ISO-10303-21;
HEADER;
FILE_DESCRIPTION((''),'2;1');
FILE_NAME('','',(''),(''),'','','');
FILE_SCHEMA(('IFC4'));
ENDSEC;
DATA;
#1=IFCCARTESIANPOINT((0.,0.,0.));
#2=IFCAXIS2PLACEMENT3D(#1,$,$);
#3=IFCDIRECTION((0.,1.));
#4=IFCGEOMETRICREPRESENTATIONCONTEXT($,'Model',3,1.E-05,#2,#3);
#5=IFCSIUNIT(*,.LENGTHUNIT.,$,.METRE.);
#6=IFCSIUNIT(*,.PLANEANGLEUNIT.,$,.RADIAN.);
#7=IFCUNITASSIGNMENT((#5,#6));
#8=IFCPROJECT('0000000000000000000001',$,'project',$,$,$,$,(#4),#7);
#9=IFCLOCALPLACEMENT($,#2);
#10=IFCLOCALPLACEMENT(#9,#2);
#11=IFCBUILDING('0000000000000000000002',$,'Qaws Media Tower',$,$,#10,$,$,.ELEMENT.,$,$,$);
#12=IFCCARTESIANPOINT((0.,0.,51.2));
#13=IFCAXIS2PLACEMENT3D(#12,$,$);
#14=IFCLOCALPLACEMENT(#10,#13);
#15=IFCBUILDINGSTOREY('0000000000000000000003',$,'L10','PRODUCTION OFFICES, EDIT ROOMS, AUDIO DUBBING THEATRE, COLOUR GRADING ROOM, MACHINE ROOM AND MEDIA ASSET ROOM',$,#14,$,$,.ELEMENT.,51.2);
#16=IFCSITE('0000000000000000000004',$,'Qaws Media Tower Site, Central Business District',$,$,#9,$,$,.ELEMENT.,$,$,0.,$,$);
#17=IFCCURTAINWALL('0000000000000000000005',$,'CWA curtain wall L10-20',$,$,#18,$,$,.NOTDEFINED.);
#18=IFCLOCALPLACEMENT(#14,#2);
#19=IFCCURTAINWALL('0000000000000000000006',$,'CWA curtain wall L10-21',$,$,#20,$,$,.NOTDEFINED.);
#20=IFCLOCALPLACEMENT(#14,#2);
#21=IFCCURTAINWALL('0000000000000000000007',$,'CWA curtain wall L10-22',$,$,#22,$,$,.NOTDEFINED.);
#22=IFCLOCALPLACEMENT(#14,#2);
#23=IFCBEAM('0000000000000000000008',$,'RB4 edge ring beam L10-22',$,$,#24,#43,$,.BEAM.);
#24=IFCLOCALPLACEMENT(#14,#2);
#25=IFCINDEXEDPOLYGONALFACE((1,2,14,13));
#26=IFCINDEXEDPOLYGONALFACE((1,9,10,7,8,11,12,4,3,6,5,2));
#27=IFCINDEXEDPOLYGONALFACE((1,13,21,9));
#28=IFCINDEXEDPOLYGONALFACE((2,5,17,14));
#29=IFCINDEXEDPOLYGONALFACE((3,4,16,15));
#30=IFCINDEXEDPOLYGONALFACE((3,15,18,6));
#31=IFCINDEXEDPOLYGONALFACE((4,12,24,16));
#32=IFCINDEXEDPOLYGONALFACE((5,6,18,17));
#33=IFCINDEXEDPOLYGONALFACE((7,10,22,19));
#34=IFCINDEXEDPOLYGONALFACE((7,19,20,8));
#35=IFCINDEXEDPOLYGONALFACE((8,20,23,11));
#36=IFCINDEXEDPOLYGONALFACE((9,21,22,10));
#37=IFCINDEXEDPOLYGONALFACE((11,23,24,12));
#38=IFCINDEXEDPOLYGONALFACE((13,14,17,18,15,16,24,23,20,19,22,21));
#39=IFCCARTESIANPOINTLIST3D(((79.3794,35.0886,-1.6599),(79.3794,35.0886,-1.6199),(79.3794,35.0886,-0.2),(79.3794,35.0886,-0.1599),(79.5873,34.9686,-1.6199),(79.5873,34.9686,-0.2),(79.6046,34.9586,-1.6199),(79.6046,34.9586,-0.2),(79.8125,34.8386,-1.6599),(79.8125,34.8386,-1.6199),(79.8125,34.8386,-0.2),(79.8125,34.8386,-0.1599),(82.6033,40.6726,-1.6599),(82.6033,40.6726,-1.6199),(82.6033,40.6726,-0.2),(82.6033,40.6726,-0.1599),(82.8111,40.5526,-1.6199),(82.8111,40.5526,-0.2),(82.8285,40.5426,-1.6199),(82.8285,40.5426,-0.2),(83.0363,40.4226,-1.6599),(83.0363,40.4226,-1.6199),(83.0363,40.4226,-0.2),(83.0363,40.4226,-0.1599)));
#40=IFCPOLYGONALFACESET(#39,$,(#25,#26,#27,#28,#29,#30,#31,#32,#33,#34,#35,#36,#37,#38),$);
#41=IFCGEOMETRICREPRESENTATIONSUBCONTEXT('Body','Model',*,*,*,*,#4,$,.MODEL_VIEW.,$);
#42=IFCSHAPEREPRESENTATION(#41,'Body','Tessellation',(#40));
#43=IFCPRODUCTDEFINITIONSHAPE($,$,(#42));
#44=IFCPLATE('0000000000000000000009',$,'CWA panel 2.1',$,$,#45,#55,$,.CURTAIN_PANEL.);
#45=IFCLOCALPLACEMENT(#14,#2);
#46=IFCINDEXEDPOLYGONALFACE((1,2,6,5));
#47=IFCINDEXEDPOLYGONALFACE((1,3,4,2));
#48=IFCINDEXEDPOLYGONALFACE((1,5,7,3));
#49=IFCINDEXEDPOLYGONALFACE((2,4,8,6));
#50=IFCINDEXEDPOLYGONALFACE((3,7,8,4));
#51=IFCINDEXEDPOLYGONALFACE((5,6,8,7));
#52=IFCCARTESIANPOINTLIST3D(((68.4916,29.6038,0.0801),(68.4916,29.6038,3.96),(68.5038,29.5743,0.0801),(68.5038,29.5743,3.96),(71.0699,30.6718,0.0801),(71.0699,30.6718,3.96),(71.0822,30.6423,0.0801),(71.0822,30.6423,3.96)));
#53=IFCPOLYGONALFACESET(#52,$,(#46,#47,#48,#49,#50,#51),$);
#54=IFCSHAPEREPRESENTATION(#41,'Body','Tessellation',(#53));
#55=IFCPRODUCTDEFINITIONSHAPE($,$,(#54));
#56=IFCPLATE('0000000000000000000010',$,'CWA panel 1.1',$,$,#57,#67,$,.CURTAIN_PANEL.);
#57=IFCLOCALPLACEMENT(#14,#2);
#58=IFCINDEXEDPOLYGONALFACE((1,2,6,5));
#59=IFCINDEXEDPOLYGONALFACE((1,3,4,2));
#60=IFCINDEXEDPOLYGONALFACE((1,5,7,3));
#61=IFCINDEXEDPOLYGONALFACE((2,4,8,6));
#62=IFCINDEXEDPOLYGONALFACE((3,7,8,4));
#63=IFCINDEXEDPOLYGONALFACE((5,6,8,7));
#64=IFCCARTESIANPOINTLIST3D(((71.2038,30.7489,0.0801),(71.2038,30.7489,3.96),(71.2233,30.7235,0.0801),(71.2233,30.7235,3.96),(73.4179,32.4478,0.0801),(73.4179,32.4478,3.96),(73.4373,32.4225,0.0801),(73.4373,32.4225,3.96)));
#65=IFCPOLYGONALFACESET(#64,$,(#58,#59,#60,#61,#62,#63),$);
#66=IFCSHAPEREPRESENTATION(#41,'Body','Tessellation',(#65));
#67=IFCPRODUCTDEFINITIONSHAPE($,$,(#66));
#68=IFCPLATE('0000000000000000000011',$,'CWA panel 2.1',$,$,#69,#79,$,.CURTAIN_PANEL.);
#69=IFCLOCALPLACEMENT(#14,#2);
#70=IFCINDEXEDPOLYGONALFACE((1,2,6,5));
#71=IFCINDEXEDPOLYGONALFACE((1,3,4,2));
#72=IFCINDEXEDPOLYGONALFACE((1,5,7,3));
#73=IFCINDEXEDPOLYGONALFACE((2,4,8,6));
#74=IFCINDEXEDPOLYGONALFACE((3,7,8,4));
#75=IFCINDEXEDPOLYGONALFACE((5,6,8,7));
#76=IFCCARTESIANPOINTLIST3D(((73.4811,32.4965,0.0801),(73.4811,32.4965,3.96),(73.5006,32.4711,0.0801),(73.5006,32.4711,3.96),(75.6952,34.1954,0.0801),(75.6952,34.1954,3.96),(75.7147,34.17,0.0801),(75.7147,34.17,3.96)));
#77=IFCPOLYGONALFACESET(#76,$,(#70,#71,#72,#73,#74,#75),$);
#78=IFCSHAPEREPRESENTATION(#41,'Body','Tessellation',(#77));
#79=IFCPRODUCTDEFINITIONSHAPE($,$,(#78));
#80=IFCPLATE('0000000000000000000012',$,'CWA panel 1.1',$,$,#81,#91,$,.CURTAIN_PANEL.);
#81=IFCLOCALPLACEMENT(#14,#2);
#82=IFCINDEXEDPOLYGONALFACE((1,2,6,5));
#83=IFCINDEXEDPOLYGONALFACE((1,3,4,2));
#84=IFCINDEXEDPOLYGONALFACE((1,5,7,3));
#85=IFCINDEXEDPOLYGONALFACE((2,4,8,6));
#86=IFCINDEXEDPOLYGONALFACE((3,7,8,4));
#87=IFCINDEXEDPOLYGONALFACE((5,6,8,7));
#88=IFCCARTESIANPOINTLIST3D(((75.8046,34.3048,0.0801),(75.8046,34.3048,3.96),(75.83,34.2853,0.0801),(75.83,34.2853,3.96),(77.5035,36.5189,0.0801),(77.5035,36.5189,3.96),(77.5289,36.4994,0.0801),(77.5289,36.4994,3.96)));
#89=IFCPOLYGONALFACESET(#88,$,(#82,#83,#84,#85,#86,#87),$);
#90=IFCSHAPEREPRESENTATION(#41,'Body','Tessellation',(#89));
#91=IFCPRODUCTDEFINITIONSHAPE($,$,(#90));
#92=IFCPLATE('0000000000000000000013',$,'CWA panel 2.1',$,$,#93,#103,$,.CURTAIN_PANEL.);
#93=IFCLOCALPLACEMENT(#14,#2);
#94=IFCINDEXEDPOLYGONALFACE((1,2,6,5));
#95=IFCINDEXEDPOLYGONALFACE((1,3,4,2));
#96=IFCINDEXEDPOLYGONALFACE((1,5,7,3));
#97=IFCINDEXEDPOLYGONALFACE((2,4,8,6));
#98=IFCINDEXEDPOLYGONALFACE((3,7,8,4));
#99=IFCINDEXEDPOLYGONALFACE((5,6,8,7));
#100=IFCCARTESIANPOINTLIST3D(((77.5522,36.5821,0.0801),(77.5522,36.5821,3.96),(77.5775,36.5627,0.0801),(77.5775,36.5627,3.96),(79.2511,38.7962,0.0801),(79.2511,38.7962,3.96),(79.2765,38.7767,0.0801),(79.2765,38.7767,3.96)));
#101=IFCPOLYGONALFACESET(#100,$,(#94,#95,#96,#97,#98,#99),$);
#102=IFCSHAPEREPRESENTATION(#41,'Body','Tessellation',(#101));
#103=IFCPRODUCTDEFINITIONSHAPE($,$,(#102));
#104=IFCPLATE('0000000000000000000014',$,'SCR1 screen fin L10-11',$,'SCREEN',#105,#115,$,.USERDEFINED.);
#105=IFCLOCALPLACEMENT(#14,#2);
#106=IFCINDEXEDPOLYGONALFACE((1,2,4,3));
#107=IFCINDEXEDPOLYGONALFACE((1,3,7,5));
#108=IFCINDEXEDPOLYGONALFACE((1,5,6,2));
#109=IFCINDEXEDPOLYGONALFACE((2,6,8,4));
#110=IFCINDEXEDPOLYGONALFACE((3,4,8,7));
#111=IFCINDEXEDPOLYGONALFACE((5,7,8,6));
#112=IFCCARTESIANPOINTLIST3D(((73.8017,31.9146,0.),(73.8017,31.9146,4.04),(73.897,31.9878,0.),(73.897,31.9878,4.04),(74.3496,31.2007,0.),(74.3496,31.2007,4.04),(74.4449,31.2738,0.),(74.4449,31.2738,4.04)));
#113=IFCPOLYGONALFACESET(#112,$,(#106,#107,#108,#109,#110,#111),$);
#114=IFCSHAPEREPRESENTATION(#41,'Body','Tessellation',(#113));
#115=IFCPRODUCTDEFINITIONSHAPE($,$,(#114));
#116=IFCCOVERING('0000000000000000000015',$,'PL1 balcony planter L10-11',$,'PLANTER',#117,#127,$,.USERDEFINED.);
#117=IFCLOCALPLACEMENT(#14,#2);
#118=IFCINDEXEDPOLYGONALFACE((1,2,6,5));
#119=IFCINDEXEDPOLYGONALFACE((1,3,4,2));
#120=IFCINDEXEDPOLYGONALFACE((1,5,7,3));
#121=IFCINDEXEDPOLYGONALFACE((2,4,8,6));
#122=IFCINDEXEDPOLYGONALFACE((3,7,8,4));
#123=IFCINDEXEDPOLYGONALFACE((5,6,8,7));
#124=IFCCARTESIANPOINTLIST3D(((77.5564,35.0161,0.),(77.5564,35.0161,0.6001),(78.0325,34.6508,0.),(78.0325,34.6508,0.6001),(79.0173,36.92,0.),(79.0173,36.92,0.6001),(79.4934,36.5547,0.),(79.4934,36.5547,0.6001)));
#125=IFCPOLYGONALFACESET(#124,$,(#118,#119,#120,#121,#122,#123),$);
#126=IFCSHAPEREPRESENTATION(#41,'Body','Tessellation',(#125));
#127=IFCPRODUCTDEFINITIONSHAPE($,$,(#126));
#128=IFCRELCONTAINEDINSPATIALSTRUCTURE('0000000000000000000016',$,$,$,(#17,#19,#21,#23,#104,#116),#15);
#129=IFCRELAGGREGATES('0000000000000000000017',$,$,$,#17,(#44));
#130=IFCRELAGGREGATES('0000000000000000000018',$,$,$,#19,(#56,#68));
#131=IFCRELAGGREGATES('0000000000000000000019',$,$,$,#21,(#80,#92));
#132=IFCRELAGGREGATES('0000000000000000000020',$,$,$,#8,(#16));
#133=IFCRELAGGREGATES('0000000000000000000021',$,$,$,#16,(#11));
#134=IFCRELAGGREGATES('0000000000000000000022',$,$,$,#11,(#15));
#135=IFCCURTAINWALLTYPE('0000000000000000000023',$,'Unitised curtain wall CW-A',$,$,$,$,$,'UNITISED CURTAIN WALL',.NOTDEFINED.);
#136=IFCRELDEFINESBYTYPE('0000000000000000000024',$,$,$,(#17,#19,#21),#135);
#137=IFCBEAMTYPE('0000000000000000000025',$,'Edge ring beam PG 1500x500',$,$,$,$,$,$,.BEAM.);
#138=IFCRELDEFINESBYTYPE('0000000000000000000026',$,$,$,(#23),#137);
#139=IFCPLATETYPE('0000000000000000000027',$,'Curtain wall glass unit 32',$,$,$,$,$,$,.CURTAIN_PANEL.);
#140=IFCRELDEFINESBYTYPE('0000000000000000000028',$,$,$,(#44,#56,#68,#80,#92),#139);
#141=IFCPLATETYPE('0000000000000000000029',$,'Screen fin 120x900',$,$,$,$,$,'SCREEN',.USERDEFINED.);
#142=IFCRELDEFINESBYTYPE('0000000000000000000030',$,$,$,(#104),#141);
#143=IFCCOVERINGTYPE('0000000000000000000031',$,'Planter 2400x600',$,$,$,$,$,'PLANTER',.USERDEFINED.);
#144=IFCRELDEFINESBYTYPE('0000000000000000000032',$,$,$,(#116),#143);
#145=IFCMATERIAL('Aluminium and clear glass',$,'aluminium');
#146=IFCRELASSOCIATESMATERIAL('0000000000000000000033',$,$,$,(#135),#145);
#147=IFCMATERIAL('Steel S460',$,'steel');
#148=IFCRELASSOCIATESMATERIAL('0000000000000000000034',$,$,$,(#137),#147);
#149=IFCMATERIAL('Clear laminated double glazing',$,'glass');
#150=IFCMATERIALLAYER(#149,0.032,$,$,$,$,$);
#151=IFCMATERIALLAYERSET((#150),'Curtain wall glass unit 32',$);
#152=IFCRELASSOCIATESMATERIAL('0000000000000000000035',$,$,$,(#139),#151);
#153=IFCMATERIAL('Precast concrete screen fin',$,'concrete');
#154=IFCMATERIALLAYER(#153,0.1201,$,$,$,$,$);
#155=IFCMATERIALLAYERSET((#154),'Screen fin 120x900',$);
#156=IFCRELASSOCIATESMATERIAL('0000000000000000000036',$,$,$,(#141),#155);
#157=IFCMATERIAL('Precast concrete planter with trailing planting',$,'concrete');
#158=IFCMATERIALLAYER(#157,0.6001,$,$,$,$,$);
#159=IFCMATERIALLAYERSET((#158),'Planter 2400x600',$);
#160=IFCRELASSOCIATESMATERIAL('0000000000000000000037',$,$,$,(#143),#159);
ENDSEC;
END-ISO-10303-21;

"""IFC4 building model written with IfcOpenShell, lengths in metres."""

from ifc_helpers import new_model, si_unit, direction, frame, origin, origin_2d, place, context, subcontext, project, spatial, rectangle, i_section, extrude, material, layer, layer_set, material_profile, profile_set, type_object, element, aggregate, save


model = new_model("IFC4")

# Units and contexts
model_context = context("Model", 3, precision=1e-05, world=origin(), true_north=direction((0.0, 1.0)))
body_context = subcontext(model_context, "Body", "Model", "MODEL_VIEW")
ifc_project = project(units=[si_unit("LENGTHUNIT", "METRE"), si_unit("PLANEANGLEUNIT", "RADIAN")], contexts=[model_context])

# Site, building, storey
site_placement = place(None, origin())
site = spatial("IfcSite", under=ifc_project, at=site_placement, Name="Qaws Media Tower Site, Central Business District", CompositionType="ELEMENT", RefElevation=0.0)
building_placement = place(site_placement, origin())
building = spatial("IfcBuilding", under=site, at=building_placement, Name="Qaws Media Tower", CompositionType="ELEMENT")
storey_placement = place(building_placement, frame((0.0, 0.0, 51.2)))
storey = spatial("IfcBuildingStorey", under=building, at=storey_placement, Name="L10", Description="PRODUCTION OFFICES, EDIT ROOMS, AUDIO DUBBING THEATRE, COLOUR GRADING ROOM, MACHINE ROOM AND MEDIA ASSET ROOM", CompositionType="ELEMENT", Elevation=51.2)

# Curtain wall
ifc_material_1 = material(Name="Aluminium and clear glass", Category="aluminium")
curtain_wall_type = type_object("IfcCurtainWallType", Name="Unitised curtain wall CW-A", ElementType="UNITISED CURTAIN WALL", PredefinedType="NOTDEFINED", material=ifc_material_1)
curtain_wall_1_placement = place(storey_placement, origin())
curtain_wall_1 = element("IfcCurtainWall", 1, at=curtain_wall_1_placement, inside=storey, type_object=curtain_wall_type, Name="CWA curtain wall L10-20", PredefinedType="NOTDEFINED")

# Curtain walls
curtain_wall_2_placement = place(storey_placement, origin())
curtain_wall_2 = element("IfcCurtainWall", 2, at=curtain_wall_2_placement, inside=storey, type_object=curtain_wall_type, Name="CWA curtain wall L10-21", PredefinedType="NOTDEFINED")
curtain_wall_3_placement = place(storey_placement, origin())
curtain_wall_3 = element("IfcCurtainWall", 3, at=curtain_wall_3_placement, inside=storey, type_object=curtain_wall_type, Name="CWA curtain wall L10-22", PredefinedType="NOTDEFINED")

# Beam
ifc_material_2 = material(Name="Steel S460", Category="steel")
ifc_material_profile_1 = material_profile(ifc_material_2, i_section(OverallWidth=0.5, OverallDepth=1.5, WebThickness=0.02, FlangeThickness=0.04, at=origin_2d()), Name="PG 1500x500")
ifc_profile_set_1 = profile_set([ifc_material_profile_1], Name="Steel S460")
beam_type = type_object("IfcBeamType", Name="Edge ring beam PG 1500x500", PredefinedType="BEAM", material=ifc_profile_set_1)
beam_1_placement = place(storey_placement, frame((79.5959, 34.9636, -0.9099), z_axis=(0.499996, 0.866028, 0.0), x_axis=(-0.866028, 0.499996, 0.0)))
element("IfcBeam", 4, at=beam_1_placement, inside=storey, type_object=beam_type, Name="RB4 edge ring beam L10-22", PredefinedType="BEAM", context=body_context, shape_type="SweptSolid", body=[
    extrude(i_section(OverallWidth=0.5, OverallDepth=1.5, WebThickness=0.02, FlangeThickness=0.04, at=origin_2d()), origin(), (0.0, 0.0, 1.0), 6.4478),
])

# Plates
ifc_material_3 = material(Name="Clear laminated double glazing", Category="glass")
ifc_layer_1 = layer(ifc_material_3, 0.032)
ifc_layer_set_1 = layer_set([ifc_layer_1], Name="Curtain wall glass unit 32")
plate_type_1 = type_object("IfcPlateType", Name="Curtain wall glass unit 32", PredefinedType="CURTAIN_PANEL", material=ifc_layer_set_1)
plate_1_placement = place(storey_placement, frame((69.7869, 30.123, 0.0801), z_axis=(0.0, 0.0, 1.0), x_axis=(0.92388, 0.382683, 0.0)))
plate_1 = element("IfcPlate", 5, at=plate_1_placement, type_object=plate_type_1, Name="CWA panel 2.1", PredefinedType="CURTAIN_PANEL", context=body_context, shape_type="SweptSolid", body=[
    extrude(rectangle(XDim=2.7908, YDim=0.032, at=origin_2d()), origin(), (0.0, 0.0, 1.0), 3.8799),
])
aggregate(curtain_wall_1, [plate_1])
plate_2_placement = place(storey_placement, frame((72.3206, 31.5857, 0.0801), z_axis=(0.0, 0.0, 1.0), x_axis=(0.793353, 0.608762, 0.0)))
plate_2 = element("IfcPlate", 6, at=plate_2_placement, type_object=plate_type_1, Name="CWA panel 1.1", PredefinedType="CURTAIN_PANEL", context=body_context, shape_type="SweptSolid", body=[
    extrude(rectangle(XDim=2.7908, YDim=0.032, at=origin_2d()), origin(), (0.0, 0.0, 1.0), 3.8799),
])
plate_3_placement = place(storey_placement, frame((74.5979, 33.3333, 0.0801), z_axis=(0.0, 0.0, 1.0), x_axis=(0.793353, 0.608762, 0.0)))
plate_3 = element("IfcPlate", 7, at=plate_3_placement, type_object=plate_type_1, Name="CWA panel 2.1", PredefinedType="CURTAIN_PANEL", context=body_context, shape_type="SweptSolid", body=[
    extrude(rectangle(XDim=2.7908, YDim=0.032, at=origin_2d()), origin(), (0.0, 0.0, 1.0), 3.8799),
])
aggregate(curtain_wall_2, [plate_2, plate_3])
plate_4_placement = place(storey_placement, frame((76.6667, 35.4021, 0.0801), z_axis=(0.0, 0.0, 1.0), x_axis=(0.608762, 0.793353, 0.0)))
plate_4 = element("IfcPlate", 8, at=plate_4_placement, type_object=plate_type_1, Name="CWA panel 1.1", PredefinedType="CURTAIN_PANEL", context=body_context, shape_type="SweptSolid", body=[
    extrude(rectangle(XDim=2.7908, YDim=0.032, at=origin_2d()), origin(), (0.0, 0.0, 1.0), 3.8799),
])
plate_5_placement = place(storey_placement, frame((78.4143, 37.6794, 0.0801), z_axis=(0.0, 0.0, 1.0), x_axis=(0.608762, 0.793353, 0.0)))
plate_5 = element("IfcPlate", 9, at=plate_5_placement, type_object=plate_type_1, Name="CWA panel 2.1", PredefinedType="CURTAIN_PANEL", context=body_context, shape_type="SweptSolid", body=[
    extrude(rectangle(XDim=2.7908, YDim=0.032, at=origin_2d()), origin(), (0.0, 0.0, 1.0), 3.8799),
])
aggregate(curtain_wall_3, [plate_4, plate_5])
ifc_material_4 = material(Name="Precast concrete screen fin", Category="concrete")
ifc_layer_2 = layer(ifc_material_4, 0.1201)
ifc_layer_set_2 = layer_set([ifc_layer_2], Name="Screen fin 120x900")
plate_type_2 = type_object("IfcPlateType", Name="Screen fin 120x900", ElementType="SCREEN", PredefinedType="USERDEFINED", material=ifc_layer_set_2)
plate_6_placement = place(storey_placement, frame((74.1233, 31.5942, 0.0), z_axis=(0.0, 0.0, 1.0), x_axis=(0.608761, -0.793353, 0.0)))
element("IfcPlate", 10, at=plate_6_placement, inside=storey, type_object=plate_type_2, Name="SCR1 screen fin L10-11", ObjectType="SCREEN", PredefinedType="USERDEFINED", context=body_context, shape_type="SweptSolid", body=[
    extrude(rectangle(XDim=0.8999, YDim=0.1201, at=origin_2d()), origin(), (0.0, 0.0, 1.0), 4.04),
])

# Covering
ifc_material_5 = material(Name="Precast concrete planter with trailing planting", Category="concrete")
ifc_layer_3 = layer(ifc_material_5, 0.6001)
ifc_layer_set_3 = layer_set([ifc_layer_3], Name="Planter 2400x600")
covering_type = type_object("IfcCoveringType", Name="Planter 2400x600", ElementType="PLANTER", PredefinedType="USERDEFINED", material=ifc_layer_set_3)
covering_placement = place(storey_placement, frame((78.5249, 35.7854, 0.0), z_axis=(0.0, 0.0, 1.0), x_axis=(0.608761, 0.793353, 0.0)))
element("IfcCovering", 11, at=covering_placement, inside=storey, type_object=covering_type, Name="PL1 balcony planter L10-11", ObjectType="PLANTER", PredefinedType="USERDEFINED", context=body_context, shape_type="SweptSolid", body=[
    extrude(rectangle(XDim=2.3999, YDim=0.6001, at=origin_2d()), origin(), (0.0, 0.0, 1.0), 0.6001),
])

save(model, "model.ifc")
